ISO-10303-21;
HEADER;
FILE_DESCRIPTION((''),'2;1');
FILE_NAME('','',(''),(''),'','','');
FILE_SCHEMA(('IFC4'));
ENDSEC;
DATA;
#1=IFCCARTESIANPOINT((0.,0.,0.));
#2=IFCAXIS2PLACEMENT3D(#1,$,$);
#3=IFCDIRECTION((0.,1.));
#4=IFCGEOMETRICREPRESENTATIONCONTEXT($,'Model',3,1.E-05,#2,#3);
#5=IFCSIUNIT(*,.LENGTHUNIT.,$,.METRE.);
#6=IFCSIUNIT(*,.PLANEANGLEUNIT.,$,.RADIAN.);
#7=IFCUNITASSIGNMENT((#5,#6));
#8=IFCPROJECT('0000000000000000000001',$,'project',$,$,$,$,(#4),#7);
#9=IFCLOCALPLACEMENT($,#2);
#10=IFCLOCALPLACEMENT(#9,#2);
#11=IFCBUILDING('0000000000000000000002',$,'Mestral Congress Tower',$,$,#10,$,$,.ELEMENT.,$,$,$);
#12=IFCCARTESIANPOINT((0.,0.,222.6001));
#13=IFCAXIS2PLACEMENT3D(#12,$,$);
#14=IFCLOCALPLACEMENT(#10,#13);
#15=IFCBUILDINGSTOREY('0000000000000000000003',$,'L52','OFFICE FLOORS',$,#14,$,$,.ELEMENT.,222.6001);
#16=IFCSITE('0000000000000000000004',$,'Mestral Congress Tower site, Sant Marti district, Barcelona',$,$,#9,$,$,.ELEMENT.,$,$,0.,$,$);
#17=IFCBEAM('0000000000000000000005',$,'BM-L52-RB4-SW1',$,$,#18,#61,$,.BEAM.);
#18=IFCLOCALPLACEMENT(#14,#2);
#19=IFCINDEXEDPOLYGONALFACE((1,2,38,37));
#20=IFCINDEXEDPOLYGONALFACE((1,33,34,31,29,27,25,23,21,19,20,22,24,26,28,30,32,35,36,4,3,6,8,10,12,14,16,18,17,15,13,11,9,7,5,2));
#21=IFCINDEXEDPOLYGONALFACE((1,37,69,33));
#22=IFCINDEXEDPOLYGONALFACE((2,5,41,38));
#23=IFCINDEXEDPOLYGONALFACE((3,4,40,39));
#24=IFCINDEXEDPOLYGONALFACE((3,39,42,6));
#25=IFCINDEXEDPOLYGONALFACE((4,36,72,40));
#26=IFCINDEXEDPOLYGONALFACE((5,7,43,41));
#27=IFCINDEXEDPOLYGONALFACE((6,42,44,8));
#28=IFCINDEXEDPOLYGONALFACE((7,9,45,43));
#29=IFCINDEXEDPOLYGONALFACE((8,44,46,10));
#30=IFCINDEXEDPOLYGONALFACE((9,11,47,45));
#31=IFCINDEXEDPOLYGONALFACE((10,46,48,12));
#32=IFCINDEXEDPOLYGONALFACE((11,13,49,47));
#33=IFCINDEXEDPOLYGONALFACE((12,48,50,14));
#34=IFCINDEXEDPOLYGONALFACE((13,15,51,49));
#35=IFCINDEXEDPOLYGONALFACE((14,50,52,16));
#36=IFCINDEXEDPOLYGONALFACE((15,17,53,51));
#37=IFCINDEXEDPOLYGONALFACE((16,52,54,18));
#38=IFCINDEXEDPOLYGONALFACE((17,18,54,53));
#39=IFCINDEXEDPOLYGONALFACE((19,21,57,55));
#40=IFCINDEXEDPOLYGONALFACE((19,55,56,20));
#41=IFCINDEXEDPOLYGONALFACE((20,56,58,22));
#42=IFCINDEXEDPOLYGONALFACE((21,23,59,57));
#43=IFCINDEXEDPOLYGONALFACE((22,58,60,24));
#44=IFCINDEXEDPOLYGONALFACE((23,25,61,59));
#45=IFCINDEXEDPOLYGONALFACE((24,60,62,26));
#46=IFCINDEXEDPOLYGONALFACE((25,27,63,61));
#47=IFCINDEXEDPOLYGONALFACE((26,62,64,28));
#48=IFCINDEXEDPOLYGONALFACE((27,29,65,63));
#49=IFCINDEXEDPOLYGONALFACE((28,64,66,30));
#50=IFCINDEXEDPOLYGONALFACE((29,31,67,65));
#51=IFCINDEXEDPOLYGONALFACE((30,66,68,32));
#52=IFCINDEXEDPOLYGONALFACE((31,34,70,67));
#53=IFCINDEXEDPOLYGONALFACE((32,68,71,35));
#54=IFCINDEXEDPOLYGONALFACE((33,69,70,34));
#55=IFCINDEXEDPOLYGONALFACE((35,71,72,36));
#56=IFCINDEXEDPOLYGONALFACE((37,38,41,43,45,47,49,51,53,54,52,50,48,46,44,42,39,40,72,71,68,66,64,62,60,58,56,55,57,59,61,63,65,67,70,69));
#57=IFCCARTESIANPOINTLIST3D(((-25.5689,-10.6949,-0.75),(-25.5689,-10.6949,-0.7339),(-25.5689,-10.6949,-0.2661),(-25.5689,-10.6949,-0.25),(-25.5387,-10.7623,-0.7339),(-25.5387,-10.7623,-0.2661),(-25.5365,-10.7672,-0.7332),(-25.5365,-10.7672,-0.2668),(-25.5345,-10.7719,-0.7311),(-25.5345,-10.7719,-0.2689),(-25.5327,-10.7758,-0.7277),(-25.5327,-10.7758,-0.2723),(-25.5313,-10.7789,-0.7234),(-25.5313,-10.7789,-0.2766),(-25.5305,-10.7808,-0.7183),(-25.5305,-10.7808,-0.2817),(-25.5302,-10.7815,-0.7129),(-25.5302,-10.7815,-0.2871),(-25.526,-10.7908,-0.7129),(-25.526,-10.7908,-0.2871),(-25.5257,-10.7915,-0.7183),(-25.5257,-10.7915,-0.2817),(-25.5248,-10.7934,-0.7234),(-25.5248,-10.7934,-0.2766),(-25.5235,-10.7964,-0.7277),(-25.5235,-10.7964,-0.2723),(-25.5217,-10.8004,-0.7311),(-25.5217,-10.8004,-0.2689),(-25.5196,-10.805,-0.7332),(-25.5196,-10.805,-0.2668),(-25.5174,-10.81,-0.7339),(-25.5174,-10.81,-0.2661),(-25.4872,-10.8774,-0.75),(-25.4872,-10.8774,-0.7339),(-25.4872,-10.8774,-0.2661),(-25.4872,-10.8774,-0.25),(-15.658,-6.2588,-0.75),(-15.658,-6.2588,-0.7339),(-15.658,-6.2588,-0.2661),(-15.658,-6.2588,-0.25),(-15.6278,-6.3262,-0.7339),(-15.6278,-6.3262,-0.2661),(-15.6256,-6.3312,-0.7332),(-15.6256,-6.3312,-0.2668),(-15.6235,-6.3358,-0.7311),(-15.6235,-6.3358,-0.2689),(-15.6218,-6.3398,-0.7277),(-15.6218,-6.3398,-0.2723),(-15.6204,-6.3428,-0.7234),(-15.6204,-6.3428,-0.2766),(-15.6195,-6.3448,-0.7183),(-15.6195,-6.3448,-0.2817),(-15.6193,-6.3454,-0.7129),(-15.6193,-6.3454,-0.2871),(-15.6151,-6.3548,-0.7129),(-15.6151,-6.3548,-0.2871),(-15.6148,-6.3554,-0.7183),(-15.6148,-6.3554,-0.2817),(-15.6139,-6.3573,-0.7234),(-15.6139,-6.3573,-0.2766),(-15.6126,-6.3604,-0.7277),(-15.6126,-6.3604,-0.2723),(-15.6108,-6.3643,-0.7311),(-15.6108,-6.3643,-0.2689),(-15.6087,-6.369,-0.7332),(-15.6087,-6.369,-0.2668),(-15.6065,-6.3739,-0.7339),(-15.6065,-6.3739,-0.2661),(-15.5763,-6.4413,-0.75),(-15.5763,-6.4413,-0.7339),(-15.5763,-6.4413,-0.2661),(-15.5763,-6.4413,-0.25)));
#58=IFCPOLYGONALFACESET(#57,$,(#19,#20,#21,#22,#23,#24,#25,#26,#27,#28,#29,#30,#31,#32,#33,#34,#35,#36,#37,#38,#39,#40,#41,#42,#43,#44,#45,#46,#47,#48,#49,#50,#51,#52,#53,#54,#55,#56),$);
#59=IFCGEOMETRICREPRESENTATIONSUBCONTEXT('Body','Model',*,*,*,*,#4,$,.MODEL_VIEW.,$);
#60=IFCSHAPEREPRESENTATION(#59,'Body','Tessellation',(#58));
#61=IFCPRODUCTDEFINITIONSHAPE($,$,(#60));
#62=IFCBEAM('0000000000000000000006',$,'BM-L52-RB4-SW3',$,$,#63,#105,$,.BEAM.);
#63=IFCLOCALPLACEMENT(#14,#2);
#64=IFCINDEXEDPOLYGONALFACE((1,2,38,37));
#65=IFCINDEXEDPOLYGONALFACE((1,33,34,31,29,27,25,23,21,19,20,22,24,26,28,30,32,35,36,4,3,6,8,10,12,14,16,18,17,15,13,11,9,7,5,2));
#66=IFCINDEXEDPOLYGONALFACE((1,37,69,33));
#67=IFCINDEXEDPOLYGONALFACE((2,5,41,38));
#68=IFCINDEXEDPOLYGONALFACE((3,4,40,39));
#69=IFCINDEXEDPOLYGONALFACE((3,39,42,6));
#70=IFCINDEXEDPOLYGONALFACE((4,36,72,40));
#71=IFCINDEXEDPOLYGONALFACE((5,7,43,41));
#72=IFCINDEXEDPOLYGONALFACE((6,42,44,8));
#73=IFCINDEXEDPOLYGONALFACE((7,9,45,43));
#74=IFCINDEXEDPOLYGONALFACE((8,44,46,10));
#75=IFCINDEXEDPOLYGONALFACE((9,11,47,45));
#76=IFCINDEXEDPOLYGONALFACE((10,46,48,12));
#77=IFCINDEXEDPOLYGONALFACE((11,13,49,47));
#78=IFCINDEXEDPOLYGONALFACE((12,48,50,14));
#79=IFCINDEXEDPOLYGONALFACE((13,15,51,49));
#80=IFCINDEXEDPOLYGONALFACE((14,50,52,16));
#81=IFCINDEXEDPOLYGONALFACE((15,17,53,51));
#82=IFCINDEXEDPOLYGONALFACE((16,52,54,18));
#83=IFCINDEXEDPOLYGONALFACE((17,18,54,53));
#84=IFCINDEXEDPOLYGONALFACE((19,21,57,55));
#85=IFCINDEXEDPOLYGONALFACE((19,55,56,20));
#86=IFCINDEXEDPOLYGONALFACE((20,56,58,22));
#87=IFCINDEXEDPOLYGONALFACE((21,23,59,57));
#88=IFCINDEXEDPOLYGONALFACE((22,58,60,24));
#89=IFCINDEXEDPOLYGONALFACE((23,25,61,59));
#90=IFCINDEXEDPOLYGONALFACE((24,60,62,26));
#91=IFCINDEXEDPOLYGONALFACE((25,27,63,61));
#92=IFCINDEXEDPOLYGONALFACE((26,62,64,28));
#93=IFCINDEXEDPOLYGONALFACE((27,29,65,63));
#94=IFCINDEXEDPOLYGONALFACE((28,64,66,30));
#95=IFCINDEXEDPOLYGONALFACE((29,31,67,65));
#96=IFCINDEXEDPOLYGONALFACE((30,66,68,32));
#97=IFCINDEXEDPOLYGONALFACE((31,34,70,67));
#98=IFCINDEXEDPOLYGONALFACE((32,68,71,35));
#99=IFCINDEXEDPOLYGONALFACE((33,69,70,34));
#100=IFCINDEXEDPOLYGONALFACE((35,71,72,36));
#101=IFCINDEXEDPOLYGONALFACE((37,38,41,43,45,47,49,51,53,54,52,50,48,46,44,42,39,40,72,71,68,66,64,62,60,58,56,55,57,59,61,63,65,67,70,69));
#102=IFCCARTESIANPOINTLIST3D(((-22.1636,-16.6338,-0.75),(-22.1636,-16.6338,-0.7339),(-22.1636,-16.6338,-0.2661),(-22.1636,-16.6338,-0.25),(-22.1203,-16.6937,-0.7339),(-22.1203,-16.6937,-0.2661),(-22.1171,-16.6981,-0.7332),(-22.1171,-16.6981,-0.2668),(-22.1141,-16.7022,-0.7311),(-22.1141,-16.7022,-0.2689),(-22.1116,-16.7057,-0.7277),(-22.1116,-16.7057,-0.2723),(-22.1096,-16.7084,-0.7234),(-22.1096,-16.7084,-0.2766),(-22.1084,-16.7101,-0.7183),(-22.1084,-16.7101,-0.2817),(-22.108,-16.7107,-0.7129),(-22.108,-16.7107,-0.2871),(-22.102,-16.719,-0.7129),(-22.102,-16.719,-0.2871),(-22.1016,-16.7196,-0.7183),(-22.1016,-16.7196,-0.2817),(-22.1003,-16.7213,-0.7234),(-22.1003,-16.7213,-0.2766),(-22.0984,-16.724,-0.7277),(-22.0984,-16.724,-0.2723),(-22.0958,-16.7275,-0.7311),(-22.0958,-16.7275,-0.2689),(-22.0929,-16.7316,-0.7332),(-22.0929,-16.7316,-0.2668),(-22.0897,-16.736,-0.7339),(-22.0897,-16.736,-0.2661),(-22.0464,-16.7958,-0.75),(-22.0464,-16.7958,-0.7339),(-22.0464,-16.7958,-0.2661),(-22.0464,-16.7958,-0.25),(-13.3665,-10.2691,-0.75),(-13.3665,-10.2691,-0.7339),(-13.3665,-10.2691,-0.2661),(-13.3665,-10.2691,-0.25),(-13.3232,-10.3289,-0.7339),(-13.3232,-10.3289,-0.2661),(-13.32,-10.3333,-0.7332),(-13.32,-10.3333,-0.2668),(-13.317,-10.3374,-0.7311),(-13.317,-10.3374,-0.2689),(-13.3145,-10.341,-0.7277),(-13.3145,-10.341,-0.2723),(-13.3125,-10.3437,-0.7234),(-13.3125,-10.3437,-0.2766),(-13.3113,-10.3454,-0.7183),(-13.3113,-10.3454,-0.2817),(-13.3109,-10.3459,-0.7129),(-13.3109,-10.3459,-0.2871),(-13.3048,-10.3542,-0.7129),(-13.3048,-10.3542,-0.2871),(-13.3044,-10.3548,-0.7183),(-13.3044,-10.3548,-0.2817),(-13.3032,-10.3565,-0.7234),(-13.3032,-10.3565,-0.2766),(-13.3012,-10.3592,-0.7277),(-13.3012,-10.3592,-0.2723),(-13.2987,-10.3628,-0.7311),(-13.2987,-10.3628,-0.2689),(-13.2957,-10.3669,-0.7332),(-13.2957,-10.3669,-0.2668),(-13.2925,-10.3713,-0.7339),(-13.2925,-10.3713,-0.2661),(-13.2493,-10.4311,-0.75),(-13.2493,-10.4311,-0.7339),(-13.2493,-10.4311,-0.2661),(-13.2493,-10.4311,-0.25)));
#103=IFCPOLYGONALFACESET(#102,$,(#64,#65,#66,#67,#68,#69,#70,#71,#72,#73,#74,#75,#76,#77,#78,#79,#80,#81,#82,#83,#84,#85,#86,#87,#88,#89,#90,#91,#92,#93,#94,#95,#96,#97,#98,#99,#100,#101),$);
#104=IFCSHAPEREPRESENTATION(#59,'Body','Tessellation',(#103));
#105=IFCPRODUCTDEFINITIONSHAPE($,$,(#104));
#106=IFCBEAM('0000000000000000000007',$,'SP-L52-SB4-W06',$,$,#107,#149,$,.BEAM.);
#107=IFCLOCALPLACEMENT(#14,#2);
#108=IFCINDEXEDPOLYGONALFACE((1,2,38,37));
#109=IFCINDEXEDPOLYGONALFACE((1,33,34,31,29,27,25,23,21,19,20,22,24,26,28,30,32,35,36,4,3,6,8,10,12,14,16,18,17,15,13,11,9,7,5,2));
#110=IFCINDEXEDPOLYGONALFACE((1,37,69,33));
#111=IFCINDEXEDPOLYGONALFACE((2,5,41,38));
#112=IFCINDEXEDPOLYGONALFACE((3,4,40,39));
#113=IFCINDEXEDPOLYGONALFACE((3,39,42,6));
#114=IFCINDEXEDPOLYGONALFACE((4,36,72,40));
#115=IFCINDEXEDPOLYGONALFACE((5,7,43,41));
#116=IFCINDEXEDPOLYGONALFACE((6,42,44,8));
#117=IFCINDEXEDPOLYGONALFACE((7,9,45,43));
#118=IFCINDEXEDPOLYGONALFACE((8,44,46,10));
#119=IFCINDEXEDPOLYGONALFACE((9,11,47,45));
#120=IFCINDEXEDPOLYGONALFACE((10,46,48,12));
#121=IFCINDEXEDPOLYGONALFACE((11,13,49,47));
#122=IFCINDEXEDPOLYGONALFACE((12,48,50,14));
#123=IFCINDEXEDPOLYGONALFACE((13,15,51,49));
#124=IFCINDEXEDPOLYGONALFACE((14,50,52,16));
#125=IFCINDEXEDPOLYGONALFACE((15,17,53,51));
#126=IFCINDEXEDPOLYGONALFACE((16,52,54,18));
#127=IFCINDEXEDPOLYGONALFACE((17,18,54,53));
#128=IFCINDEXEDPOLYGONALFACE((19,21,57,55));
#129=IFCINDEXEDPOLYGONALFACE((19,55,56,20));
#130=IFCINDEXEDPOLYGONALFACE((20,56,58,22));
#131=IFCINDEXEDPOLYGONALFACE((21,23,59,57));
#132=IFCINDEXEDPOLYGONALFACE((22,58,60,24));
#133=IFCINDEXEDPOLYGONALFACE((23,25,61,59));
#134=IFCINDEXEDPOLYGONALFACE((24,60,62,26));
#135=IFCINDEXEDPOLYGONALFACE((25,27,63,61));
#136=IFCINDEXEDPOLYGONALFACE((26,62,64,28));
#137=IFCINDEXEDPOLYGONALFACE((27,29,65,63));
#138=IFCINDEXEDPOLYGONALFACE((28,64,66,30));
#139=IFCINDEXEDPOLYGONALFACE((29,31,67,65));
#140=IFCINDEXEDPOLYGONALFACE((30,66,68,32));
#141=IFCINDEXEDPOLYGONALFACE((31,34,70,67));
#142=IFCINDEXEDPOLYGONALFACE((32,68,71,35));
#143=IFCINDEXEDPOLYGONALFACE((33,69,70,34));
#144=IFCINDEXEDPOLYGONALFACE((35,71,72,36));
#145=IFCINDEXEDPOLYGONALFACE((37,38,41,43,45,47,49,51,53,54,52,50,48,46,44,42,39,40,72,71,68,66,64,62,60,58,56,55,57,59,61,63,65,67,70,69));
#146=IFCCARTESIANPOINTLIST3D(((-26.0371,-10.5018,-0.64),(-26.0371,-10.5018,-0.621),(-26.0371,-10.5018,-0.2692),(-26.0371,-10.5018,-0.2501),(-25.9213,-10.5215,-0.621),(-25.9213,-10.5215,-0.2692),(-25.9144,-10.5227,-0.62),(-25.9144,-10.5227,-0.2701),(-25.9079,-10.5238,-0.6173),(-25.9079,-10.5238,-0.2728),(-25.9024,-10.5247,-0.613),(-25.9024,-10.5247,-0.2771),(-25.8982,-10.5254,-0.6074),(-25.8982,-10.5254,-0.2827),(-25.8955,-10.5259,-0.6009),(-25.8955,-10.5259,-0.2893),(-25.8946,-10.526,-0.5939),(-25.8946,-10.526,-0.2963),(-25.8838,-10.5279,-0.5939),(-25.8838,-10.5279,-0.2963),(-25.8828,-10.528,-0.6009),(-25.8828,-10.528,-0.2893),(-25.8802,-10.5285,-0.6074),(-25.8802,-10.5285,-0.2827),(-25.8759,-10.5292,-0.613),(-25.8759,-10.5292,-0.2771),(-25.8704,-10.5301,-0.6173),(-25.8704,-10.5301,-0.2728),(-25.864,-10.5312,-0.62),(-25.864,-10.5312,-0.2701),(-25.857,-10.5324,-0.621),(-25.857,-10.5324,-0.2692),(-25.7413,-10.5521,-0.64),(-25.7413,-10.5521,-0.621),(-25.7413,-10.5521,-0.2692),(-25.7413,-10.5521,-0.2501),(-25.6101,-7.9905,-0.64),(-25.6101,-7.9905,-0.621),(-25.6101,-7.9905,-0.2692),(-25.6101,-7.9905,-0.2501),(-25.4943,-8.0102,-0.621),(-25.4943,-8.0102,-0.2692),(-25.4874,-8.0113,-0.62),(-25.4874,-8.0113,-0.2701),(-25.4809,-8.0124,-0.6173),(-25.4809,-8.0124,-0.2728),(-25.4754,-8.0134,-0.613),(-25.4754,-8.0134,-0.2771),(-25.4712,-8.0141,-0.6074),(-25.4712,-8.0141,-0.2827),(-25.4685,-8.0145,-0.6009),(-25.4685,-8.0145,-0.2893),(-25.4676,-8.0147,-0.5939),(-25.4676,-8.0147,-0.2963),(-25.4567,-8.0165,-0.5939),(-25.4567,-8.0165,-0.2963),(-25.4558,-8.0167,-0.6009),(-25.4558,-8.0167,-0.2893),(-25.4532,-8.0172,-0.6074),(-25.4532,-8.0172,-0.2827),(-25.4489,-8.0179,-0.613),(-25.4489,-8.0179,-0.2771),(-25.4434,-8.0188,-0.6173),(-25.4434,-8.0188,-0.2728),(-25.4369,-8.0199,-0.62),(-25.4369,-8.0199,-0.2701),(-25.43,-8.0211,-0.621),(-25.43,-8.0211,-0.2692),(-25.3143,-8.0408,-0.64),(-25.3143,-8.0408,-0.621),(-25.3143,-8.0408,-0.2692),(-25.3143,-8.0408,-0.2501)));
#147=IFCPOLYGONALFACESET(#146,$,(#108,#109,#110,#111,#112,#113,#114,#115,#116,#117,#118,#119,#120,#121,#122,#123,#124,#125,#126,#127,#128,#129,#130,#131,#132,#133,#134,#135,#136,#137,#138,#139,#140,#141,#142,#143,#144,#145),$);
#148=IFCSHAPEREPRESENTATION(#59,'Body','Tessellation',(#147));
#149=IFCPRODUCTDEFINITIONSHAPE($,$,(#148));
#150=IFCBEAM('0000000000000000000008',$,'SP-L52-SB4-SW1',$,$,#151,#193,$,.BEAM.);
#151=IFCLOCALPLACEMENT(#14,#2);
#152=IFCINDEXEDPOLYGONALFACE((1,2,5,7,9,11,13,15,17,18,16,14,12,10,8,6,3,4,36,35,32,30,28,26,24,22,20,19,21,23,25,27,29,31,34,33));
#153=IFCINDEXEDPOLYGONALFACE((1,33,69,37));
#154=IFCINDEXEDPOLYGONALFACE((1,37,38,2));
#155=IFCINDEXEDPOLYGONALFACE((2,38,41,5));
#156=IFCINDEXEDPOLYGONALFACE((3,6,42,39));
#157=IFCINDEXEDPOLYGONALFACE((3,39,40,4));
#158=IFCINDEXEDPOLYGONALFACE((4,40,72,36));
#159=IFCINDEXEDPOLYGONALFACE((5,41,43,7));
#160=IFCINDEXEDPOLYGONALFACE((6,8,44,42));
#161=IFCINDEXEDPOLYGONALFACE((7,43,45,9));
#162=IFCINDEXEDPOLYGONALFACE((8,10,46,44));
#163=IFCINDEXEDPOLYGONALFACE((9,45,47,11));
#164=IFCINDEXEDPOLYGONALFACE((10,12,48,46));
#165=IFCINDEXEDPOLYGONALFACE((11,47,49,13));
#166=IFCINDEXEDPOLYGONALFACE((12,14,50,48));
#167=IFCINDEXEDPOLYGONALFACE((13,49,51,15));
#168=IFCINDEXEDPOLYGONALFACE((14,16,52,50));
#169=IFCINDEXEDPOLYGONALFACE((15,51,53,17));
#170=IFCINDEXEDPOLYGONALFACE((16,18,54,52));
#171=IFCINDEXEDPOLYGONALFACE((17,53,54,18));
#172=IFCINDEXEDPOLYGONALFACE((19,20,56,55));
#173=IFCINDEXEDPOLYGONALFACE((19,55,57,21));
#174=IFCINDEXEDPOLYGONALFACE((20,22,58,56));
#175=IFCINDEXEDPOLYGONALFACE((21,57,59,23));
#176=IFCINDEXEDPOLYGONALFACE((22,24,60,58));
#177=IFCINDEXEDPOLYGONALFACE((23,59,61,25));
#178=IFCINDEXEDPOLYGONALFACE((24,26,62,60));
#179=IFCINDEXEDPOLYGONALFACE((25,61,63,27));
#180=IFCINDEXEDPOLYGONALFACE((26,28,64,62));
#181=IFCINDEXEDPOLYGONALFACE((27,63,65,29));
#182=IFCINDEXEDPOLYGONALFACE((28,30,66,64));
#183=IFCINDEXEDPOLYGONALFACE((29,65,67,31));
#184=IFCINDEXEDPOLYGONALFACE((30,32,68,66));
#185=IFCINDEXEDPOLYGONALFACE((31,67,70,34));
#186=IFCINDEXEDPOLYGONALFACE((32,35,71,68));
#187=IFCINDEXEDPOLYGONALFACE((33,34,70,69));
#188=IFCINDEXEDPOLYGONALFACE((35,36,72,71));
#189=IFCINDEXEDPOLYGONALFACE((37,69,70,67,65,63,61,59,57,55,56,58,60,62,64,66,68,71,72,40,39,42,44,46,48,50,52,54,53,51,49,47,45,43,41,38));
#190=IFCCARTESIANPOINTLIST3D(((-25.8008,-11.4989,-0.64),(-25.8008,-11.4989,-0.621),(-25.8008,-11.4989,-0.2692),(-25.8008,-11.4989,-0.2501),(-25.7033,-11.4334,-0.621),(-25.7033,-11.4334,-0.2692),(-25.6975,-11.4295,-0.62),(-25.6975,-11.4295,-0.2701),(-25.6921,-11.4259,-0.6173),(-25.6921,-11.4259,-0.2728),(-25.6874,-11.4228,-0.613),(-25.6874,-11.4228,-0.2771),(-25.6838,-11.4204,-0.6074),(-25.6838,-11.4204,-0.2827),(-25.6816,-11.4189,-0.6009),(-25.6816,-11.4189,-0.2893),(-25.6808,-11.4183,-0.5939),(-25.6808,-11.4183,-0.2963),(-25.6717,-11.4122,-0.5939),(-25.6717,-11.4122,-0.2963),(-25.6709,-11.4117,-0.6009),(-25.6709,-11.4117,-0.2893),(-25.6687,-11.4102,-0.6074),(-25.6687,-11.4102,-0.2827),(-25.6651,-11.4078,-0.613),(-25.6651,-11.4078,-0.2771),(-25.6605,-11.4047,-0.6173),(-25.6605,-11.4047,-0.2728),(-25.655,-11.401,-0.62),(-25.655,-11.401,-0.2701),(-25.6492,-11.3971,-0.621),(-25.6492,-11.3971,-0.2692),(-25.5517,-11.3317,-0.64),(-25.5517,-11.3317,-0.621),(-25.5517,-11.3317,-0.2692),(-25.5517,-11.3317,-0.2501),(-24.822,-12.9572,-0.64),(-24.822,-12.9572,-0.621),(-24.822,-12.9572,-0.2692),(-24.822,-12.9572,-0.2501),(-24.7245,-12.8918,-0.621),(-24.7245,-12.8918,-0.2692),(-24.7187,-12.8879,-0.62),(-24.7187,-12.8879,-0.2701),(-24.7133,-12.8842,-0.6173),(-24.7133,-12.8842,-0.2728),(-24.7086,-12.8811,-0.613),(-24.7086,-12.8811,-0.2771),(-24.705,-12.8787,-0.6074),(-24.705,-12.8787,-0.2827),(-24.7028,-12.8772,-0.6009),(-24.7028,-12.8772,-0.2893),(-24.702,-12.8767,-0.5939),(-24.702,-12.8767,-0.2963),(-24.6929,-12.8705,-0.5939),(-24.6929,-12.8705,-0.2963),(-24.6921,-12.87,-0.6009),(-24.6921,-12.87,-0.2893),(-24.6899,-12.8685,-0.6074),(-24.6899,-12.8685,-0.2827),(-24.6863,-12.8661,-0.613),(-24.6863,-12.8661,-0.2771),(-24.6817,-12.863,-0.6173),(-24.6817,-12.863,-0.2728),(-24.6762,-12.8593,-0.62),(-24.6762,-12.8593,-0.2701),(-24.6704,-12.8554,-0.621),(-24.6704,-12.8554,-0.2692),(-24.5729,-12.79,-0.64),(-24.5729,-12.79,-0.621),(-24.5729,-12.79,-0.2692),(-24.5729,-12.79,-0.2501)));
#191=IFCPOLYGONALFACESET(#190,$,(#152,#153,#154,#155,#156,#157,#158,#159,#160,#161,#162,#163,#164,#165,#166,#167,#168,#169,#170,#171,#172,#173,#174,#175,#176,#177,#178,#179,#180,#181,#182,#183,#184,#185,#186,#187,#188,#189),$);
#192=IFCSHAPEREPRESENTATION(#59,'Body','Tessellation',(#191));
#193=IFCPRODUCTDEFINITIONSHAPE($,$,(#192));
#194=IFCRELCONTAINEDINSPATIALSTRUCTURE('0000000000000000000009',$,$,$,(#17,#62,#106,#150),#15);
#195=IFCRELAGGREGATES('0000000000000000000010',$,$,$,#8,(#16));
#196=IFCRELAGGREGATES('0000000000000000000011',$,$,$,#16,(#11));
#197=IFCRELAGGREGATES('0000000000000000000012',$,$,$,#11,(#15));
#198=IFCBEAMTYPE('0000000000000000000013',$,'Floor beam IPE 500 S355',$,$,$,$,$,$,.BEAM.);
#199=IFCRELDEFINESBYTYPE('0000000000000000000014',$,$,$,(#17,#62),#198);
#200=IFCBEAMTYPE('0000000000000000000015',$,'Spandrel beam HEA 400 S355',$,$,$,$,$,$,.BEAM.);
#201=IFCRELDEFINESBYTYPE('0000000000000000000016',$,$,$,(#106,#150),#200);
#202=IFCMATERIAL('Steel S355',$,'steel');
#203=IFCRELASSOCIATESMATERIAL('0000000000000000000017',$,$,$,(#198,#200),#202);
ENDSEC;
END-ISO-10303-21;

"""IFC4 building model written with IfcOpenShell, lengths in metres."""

from ifc_helpers import new_model, si_unit, direction, frame, origin, origin_2d, place, context, subcontext, project, spatial, i_section, extrude, material, material_profile, profile_set, type_object, element, save


model = new_model("IFC4")

# Units and contexts
model_context = context("Model", 3, precision=1e-05, world=origin(), true_north=direction((0.0, 1.0)))
body_context = subcontext(model_context, "Body", "Model", "MODEL_VIEW")
ifc_project = project(units=[si_unit("LENGTHUNIT", "METRE"), si_unit("PLANEANGLEUNIT", "RADIAN")], contexts=[model_context])

# Site, building, storey
site_placement = place(None, origin())
site = spatial("IfcSite", under=ifc_project, at=site_placement, Name="Mestral Congress Tower site, Sant Marti district, Barcelona", CompositionType="ELEMENT", RefElevation=0.0)
building_placement = place(site_placement, origin())
building = spatial("IfcBuilding", under=site, at=building_placement, Name="Mestral Congress Tower", CompositionType="ELEMENT")
storey_placement = place(building_placement, frame((0.0, 0.0, 222.6001)))
storey = spatial("IfcBuildingStorey", under=building, at=storey_placement, Name="L52", Description="OFFICE FLOORS", CompositionType="ELEMENT", Elevation=222.6001)

# Beams
ifc_material_1 = material(Name="Steel S355", Category="steel")
ifc_material_profile_1 = material_profile(ifc_material_1, i_section(OverallWidth=0.2, OverallDepth=0.5, WebThickness=0.0103, FlangeThickness=0.0161, FilletRadius=0.021, at=origin_2d()), Name="IPE 500")
ifc_profile_set_1 = profile_set([ifc_material_profile_1], Name="Steel S355")
beam_type_1 = type_object("IfcBeamType", Name="Floor beam IPE 500 S355", PredefinedType="BEAM", material=ifc_profile_set_1)
beam_1_placement = place(storey_placement, frame((-25.5281, -10.7861, -0.5), z_axis=(0.912742, 0.408536, 0.0), x_axis=(-0.408536, 0.912742, 0.0)))
element("IfcBeam", 1, at=beam_1_placement, inside=storey, type_object=beam_type_1, Name="BM-L52-RB4-SW1", PredefinedType="BEAM", context=body_context, shape_type="SweptSolid", body=[
    extrude(i_section(OverallWidth=0.2, OverallDepth=0.5, WebThickness=0.0103, FlangeThickness=0.0161, FilletRadius=0.021, at=origin_2d()), origin(), (0.0, 0.0, 1.0), 10.8584),
])
beam_2_placement = place(storey_placement, frame((-22.105, -16.7148, -0.5), z_axis=(0.810186, 0.586173, 0.0), x_axis=(-0.586173, 0.810186, 0.0)))
element("IfcBeam", 2, at=beam_2_placement, inside=storey, type_object=beam_type_1, Name="BM-L52-RB4-SW3", PredefinedType="BEAM", context=body_context, shape_type="SweptSolid", body=[
    extrude(i_section(OverallWidth=0.2, OverallDepth=0.5, WebThickness=0.0103, FlangeThickness=0.0161, FilletRadius=0.021, at=origin_2d()), origin(), (0.0, 0.0, 1.0), 10.8582),
])
ifc_material_profile_2 = material_profile(ifc_material_1, i_section(OverallWidth=0.3, OverallDepth=0.3899, WebThickness=0.011, FlangeThickness=0.019, FilletRadius=0.0271, at=origin_2d()), Name="HEA 400")
ifc_profile_set_2 = profile_set([ifc_material_profile_2], Name="Steel S355")
beam_type_2 = type_object("IfcBeamType", Name="Spandrel beam HEA 400 S355", PredefinedType="BEAM", material=ifc_profile_set_2)
beam_3_placement = place(storey_placement, frame((-25.4622, -8.0156, -0.4451), z_axis=(-0.167631, -0.98585, 0.0), x_axis=(0.98585, -0.167631, 0.0)))
element("IfcBeam", 3, at=beam_3_placement, inside=storey, type_object=beam_type_2, Name="SP-L52-SB4-W06", PredefinedType="BEAM", context=body_context, shape_type="SweptSolid", body=[
    extrude(i_section(OverallWidth=0.3, OverallDepth=0.3899, WebThickness=0.011, FlangeThickness=0.019, FilletRadius=0.0271, at=origin_2d()), origin(), (0.0, 0.0, 1.0), 2.5474),
])
for number, where, z_axis, x_axis, name in (
    (4, (-25.6763, -11.4153, -0.4451), (0.557296, -0.830314, 0.0), (0.830314, 0.557296, 0.0), "SP-L52-SB4-SW1"),
):
    element("IfcBeam", number, at=place(storey_placement, frame(where, z_axis=z_axis, x_axis=x_axis)), inside=storey, type_object=beam_type_2, Name=name, PredefinedType="BEAM", context=body_context, shape_type="SweptSolid", body=[
        extrude(i_section(OverallWidth=0.3, OverallDepth=0.3899, WebThickness=0.011, FlangeThickness=0.019, FilletRadius=0.0271, at=origin_2d()), origin(), (0.0, 0.0, 1.0), 1.7563),
    ])

save(model, "model.ifc")
